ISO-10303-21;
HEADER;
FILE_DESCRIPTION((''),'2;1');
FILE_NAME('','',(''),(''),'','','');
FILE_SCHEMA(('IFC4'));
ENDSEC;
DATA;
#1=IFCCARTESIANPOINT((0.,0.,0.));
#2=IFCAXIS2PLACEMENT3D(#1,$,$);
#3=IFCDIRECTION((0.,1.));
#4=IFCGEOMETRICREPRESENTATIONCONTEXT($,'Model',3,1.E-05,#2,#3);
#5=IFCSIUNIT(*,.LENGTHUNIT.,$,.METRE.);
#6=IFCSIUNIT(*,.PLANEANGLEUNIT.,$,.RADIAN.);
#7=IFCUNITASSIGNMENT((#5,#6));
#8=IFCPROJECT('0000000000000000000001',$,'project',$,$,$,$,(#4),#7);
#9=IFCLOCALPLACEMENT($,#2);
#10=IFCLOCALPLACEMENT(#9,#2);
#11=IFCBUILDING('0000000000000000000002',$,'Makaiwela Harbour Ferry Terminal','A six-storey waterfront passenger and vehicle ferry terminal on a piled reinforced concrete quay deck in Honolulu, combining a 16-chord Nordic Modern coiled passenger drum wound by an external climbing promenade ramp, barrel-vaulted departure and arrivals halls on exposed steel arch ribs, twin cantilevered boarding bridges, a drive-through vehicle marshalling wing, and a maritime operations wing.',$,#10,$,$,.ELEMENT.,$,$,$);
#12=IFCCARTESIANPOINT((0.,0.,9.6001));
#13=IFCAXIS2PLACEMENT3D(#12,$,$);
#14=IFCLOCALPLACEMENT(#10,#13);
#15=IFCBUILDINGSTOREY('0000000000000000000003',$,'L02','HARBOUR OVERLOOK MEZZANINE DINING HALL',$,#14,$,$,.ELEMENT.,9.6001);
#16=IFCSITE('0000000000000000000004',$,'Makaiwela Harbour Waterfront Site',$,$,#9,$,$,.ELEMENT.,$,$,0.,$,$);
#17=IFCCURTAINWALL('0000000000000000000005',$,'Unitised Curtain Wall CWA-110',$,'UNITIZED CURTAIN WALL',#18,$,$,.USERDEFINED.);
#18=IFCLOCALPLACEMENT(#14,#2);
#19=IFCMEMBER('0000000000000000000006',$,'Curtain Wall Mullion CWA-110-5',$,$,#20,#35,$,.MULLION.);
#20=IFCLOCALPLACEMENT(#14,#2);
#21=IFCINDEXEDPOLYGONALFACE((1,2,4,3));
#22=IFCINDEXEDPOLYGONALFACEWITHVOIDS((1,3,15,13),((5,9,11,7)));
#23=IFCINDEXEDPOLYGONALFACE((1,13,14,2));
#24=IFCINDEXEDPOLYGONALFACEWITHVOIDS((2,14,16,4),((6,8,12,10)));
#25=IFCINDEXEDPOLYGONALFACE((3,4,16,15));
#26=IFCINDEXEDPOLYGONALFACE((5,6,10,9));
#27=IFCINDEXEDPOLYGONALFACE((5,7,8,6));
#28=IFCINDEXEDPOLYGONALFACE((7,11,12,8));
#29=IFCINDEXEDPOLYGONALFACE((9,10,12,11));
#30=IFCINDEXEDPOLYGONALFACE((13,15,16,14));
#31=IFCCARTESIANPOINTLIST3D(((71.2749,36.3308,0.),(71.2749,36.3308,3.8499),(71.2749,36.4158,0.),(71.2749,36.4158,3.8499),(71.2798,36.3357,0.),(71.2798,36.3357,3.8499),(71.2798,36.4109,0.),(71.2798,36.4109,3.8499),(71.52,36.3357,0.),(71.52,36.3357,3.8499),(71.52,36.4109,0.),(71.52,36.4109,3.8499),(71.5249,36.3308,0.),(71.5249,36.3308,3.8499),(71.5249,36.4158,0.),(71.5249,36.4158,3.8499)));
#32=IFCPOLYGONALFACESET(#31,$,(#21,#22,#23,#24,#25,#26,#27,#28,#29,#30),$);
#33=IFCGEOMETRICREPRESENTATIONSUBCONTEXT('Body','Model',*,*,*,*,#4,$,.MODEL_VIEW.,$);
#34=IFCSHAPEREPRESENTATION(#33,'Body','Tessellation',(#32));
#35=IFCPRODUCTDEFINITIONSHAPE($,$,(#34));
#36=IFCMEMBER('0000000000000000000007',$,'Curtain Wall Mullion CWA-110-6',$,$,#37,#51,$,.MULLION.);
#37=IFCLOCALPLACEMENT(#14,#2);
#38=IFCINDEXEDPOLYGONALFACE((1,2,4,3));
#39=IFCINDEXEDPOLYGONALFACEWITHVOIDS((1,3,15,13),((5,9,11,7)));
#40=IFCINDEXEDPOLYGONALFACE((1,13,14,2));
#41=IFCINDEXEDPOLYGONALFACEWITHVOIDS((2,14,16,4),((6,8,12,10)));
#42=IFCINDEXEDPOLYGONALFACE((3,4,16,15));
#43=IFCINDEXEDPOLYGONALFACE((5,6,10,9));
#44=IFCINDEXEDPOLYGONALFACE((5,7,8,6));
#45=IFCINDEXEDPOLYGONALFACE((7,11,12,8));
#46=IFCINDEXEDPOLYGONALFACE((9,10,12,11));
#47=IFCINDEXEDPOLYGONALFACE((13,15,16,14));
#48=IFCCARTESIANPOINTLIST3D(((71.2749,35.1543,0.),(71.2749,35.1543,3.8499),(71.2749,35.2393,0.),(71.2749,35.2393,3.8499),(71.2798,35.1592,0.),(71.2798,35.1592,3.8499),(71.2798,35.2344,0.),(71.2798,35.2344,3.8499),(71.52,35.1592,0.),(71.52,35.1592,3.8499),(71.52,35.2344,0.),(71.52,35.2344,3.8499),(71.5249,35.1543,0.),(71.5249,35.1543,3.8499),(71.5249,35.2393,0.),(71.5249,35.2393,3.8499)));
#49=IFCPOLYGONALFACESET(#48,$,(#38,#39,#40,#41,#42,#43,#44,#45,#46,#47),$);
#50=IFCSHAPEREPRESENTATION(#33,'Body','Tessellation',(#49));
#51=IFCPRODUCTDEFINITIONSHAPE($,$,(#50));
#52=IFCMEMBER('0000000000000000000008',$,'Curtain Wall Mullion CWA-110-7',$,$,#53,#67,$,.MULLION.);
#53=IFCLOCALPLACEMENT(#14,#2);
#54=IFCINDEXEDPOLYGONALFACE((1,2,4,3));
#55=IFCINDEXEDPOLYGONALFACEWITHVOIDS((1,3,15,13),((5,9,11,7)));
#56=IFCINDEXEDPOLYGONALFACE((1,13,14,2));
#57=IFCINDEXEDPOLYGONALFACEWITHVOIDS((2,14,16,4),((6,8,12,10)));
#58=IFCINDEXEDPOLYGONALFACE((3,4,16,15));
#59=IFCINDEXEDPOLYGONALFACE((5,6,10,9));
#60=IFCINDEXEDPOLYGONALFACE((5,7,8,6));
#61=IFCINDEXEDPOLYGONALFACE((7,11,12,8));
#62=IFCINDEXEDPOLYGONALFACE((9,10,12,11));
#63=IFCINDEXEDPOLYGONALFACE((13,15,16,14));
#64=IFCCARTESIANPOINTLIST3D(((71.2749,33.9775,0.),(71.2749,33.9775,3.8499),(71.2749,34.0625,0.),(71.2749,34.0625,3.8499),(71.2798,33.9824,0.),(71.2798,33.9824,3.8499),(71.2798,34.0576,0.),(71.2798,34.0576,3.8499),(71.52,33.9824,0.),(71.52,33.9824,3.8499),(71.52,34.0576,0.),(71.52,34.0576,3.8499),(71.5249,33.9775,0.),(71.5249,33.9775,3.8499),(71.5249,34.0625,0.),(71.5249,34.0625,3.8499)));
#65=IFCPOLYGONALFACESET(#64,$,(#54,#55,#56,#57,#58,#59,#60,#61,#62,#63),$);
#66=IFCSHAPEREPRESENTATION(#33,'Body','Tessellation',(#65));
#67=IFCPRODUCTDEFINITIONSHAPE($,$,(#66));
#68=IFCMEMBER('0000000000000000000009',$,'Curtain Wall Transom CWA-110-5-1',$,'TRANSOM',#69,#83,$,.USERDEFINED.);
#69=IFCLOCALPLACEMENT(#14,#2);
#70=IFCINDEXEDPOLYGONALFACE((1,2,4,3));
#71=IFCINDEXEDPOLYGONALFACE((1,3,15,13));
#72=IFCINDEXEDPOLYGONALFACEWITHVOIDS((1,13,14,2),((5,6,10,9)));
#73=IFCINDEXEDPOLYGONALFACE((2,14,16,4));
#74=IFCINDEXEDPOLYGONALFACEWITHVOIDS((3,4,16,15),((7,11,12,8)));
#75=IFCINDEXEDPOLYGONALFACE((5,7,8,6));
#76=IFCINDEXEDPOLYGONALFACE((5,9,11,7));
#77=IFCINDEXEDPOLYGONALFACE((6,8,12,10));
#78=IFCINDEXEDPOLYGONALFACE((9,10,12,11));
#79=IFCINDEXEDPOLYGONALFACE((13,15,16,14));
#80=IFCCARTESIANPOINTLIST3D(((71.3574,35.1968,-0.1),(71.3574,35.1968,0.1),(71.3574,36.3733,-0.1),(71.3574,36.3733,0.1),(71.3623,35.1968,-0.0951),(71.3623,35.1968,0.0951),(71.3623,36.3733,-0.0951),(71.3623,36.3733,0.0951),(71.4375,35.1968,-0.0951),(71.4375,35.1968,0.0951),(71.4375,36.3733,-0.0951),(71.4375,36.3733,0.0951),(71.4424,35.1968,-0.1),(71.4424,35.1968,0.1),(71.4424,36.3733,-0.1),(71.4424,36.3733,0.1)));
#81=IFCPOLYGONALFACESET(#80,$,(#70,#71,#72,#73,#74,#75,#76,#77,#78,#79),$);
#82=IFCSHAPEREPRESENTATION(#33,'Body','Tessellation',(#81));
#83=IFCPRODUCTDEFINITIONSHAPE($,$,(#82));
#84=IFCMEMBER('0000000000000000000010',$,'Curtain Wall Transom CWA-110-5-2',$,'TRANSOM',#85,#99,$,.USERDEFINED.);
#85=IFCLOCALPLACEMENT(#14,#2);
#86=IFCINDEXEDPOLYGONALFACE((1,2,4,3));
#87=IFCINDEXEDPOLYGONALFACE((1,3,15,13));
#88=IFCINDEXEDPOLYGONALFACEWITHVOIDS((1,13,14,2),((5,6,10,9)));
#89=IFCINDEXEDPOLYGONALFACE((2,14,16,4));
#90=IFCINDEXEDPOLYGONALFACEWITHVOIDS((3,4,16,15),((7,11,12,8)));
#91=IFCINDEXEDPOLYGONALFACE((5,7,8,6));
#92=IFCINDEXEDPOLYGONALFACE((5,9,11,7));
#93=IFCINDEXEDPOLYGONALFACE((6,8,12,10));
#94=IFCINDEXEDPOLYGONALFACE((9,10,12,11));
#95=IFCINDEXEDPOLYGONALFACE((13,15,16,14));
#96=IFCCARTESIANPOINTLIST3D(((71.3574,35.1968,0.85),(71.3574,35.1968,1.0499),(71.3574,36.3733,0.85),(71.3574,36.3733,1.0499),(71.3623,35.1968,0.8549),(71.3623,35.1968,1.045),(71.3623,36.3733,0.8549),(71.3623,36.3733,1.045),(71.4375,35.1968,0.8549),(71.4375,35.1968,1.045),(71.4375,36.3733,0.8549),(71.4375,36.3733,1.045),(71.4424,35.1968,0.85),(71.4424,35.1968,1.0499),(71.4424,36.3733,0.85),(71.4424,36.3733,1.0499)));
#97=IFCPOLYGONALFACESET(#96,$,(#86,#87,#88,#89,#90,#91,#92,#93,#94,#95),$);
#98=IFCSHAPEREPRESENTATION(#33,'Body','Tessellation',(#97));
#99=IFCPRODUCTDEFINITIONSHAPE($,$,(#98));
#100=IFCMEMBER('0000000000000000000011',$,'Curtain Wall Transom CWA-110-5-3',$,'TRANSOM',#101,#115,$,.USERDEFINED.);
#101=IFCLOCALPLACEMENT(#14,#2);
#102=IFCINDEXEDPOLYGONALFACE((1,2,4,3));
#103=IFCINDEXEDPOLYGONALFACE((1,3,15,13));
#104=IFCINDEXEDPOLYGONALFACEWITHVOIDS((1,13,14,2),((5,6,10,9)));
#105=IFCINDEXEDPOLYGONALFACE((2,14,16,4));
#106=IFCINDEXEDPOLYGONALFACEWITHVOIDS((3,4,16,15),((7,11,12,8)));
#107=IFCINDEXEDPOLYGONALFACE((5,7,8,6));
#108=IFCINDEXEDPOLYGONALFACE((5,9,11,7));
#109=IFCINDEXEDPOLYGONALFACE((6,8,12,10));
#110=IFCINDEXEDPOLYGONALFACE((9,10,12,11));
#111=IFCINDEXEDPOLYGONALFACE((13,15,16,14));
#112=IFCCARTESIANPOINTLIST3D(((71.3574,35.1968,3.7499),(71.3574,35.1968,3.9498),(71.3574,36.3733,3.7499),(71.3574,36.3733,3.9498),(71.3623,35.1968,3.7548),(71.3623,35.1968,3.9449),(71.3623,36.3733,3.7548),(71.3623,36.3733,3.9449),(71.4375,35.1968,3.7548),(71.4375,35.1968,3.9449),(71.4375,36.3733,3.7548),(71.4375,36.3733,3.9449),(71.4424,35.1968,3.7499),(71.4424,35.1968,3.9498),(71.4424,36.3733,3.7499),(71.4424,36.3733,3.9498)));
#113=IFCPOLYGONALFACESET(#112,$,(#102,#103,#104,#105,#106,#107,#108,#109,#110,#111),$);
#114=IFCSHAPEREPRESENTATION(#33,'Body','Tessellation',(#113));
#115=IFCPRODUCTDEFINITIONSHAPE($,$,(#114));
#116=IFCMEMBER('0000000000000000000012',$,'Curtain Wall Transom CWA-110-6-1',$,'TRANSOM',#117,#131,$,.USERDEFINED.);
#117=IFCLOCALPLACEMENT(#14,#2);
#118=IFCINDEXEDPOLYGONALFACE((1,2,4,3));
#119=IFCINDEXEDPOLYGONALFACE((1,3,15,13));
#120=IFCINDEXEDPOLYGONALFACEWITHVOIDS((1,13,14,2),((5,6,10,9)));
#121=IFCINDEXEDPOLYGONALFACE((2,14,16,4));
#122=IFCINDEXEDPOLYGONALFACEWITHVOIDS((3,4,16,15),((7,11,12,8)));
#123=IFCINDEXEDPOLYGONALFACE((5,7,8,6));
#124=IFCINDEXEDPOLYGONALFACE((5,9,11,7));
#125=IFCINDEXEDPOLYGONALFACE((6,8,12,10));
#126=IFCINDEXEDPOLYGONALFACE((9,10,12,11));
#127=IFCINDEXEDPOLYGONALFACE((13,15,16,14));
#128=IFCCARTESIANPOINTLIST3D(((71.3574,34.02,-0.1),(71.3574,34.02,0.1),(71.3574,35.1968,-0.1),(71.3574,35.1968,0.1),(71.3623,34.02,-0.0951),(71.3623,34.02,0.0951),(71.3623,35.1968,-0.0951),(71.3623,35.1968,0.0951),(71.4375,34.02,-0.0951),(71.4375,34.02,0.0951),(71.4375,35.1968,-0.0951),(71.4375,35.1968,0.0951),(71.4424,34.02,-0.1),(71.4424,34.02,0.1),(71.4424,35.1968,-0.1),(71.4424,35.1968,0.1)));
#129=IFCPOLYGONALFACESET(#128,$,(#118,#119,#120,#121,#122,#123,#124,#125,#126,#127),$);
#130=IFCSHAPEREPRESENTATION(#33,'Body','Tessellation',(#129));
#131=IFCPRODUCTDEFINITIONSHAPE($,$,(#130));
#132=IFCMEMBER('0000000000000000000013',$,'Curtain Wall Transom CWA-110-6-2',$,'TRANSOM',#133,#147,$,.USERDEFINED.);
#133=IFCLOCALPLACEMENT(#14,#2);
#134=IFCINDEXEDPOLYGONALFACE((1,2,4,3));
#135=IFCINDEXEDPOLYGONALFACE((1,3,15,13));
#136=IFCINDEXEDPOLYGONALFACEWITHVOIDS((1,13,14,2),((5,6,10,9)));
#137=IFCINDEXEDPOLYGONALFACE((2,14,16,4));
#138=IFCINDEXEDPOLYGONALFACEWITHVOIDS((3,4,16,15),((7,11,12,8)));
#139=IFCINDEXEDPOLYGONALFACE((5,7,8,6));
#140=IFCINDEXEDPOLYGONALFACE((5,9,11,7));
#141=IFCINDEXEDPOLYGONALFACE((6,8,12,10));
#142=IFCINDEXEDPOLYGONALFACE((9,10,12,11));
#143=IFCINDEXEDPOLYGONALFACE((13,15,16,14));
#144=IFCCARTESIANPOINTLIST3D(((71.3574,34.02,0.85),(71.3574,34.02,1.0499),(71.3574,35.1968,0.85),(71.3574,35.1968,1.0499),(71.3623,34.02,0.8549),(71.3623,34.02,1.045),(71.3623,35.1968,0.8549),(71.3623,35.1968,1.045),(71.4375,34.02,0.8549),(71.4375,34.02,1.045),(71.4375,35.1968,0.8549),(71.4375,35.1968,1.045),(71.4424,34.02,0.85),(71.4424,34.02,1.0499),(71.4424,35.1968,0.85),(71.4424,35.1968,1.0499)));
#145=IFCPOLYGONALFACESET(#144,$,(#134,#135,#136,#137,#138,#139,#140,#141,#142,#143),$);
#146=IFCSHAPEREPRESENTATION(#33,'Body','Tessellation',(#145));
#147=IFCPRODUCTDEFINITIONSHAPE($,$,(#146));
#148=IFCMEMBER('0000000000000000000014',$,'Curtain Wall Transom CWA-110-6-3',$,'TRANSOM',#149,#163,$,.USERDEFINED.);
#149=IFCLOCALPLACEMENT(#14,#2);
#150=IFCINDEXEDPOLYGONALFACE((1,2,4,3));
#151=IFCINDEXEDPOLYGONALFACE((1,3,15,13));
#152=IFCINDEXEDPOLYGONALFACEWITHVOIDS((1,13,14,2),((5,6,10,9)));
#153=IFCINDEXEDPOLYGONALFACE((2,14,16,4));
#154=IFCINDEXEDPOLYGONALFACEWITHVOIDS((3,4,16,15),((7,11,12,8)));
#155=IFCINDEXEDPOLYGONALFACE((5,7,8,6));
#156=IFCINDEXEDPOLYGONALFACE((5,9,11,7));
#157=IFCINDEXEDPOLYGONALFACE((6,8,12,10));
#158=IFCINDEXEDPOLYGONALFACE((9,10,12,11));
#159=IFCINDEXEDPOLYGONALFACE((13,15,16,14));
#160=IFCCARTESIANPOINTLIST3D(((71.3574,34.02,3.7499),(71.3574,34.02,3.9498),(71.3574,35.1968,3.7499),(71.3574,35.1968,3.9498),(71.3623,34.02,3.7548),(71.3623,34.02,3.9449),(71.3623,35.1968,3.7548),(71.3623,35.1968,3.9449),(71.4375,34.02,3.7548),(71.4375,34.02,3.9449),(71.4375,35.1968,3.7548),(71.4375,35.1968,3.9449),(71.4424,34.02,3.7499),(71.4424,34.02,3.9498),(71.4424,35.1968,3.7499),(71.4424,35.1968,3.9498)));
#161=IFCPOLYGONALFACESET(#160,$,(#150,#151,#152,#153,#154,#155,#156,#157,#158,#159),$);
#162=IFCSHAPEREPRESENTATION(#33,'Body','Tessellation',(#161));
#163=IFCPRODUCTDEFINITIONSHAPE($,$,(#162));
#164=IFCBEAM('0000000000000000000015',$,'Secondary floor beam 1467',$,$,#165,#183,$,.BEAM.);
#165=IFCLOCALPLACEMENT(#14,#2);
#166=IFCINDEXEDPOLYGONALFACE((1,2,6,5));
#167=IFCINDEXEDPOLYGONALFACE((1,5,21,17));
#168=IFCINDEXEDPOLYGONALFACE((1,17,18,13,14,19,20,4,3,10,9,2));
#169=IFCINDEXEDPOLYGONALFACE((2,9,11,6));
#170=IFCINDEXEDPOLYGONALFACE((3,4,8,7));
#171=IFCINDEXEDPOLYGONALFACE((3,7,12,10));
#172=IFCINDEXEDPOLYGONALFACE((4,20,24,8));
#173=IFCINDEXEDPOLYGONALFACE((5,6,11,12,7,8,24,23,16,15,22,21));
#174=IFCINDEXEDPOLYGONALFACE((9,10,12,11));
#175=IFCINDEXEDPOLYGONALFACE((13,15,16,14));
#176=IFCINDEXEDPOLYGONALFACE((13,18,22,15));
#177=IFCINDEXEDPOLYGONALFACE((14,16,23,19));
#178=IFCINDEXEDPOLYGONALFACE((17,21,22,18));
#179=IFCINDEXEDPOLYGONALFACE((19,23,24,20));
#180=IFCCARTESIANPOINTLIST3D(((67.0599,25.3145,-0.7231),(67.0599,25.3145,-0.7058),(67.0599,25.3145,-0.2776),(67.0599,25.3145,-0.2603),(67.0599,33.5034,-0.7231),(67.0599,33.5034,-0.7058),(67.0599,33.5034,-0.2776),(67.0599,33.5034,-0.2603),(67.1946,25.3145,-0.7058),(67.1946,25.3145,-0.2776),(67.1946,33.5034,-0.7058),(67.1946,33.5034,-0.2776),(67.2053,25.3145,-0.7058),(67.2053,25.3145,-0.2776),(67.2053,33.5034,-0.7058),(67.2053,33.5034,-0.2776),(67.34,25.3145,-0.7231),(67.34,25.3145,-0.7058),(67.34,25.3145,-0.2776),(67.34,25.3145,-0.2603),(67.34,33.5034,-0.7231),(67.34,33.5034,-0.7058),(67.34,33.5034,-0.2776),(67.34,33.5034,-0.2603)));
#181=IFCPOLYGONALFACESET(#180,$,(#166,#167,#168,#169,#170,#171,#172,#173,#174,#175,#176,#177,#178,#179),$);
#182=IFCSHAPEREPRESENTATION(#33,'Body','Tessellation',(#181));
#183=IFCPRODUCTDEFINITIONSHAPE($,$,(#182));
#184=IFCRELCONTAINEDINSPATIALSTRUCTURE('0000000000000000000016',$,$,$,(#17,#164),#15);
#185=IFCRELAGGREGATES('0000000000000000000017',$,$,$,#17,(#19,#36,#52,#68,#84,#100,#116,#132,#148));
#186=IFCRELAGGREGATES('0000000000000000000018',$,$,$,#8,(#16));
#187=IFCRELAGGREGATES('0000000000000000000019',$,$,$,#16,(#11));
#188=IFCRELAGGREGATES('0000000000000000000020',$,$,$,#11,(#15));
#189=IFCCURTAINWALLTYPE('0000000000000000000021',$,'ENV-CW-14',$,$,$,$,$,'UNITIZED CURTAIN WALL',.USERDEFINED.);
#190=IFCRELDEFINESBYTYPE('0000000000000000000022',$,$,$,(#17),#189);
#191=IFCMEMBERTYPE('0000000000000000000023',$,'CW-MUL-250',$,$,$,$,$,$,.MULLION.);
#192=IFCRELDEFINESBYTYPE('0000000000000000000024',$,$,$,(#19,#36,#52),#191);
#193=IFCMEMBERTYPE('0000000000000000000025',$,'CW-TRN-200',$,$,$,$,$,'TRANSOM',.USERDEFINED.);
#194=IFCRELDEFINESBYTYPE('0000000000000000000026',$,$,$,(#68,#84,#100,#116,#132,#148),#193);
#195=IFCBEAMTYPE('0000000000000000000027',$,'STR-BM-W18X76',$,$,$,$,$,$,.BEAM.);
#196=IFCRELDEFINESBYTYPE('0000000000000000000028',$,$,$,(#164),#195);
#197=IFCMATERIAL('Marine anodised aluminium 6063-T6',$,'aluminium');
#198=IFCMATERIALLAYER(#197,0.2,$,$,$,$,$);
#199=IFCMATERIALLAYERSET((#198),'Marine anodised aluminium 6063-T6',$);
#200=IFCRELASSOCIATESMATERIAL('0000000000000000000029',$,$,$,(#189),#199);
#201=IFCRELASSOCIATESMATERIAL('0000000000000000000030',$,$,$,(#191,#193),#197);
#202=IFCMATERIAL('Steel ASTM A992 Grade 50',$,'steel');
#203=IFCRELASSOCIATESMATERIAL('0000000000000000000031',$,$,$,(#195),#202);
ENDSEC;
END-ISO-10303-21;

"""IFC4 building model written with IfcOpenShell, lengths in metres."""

from ifc_helpers import new_model, si_unit, direction, frame, origin, origin_2d, place, context, subcontext, project, spatial, hollow_rectangle, i_section, extrude, material, layer, layer_set, material_profile, profile_set, type_object, element, aggregate, save


model = new_model("IFC4")

# Units and contexts
model_context = context("Model", 3, precision=1e-05, world=origin(), true_north=direction((0.0, 1.0)))
body_context = subcontext(model_context, "Body", "Model", "MODEL_VIEW")
ifc_project = project(units=[si_unit("LENGTHUNIT", "METRE"), si_unit("PLANEANGLEUNIT", "RADIAN")], contexts=[model_context])

# Site, building, storey
site_placement = place(None, origin())
site = spatial("IfcSite", under=ifc_project, at=site_placement, Name="Makaiwela Harbour Waterfront Site", CompositionType="ELEMENT", RefElevation=0.0)
building_placement = place(site_placement, origin())
building = spatial("IfcBuilding", under=site, at=building_placement, Name="Makaiwela Harbour Ferry Terminal", Description="A six-storey waterfront passenger and vehicle ferry terminal on a piled reinforced concrete quay deck in Honolulu, combining a 16-chord Nordic Modern coiled passenger drum wound by an external climbing promenade ramp, barrel-vaulted departure and arrivals halls on exposed steel arch ribs, twin cantilevered boarding bridges, a drive-through vehicle marshalling wing, and a maritime operations wing.", CompositionType="ELEMENT")
storey_placement = place(building_placement, frame((0.0, 0.0, 9.6001)))
storey = spatial("IfcBuildingStorey", under=building, at=storey_placement, Name="L02", Description="HARBOUR OVERLOOK MEZZANINE DINING HALL", CompositionType="ELEMENT", Elevation=9.6001)

# Curtain wall, members
ifc_material_1 = material(Name="Marine anodised aluminium 6063-T6", Category="aluminium")
ifc_layer_1 = layer(ifc_material_1, 0.2)
ifc_layer_set_1 = layer_set([ifc_layer_1], Name="Marine anodised aluminium 6063-T6")
curtain_wall_type = type_object("IfcCurtainWallType", Name="ENV-CW-14", ElementType="UNITIZED CURTAIN WALL", PredefinedType="USERDEFINED", material=ifc_layer_set_1)
curtain_wall_placement = place(storey_placement, origin())
curtain_wall = element("IfcCurtainWall", 1, at=curtain_wall_placement, inside=storey, type_object=curtain_wall_type, Name="Unitised Curtain Wall CWA-110", ObjectType="UNITIZED CURTAIN WALL", PredefinedType="USERDEFINED")
ifc_material_profile_1 = material_profile(ifc_material_1, hollow_rectangle(XDim=0.085, YDim=0.25, WallThickness=0.0049, at=origin_2d()), Name="CWM-250X85")
ifc_profile_set_1 = profile_set([ifc_material_profile_1], Name="Marine anodised aluminium 6063-T6")
member_type_1 = type_object("IfcMemberType", Name="CW-MUL-250", PredefinedType="MULLION", material=ifc_profile_set_1)
member_1_placement = place(storey_placement, frame((71.3999, 36.3733, 0.0), z_axis=(0.0, 0.0, 1.0), x_axis=(0.0, 1.0, 0.0)))
member_1 = element("IfcMember", 2, at=member_1_placement, type_object=member_type_1, Name="Curtain Wall Mullion CWA-110-5", PredefinedType="MULLION", context=body_context, shape_type="SweptSolid", body=[
    extrude(hollow_rectangle(XDim=0.085, YDim=0.25, WallThickness=0.0049, at=origin_2d()), origin(), (0.0, 0.0, 1.0), 3.8499),
])
member_2_placement = place(storey_placement, frame((71.3999, 35.1968, 0.0), z_axis=(0.0, 0.0, 1.0), x_axis=(0.0, 1.0, 0.0)))
member_2 = element("IfcMember", 3, at=member_2_placement, type_object=member_type_1, Name="Curtain Wall Mullion CWA-110-6", PredefinedType="MULLION", context=body_context, shape_type="SweptSolid", body=[
    extrude(hollow_rectangle(XDim=0.085, YDim=0.25, WallThickness=0.0049, at=origin_2d()), origin(), (0.0, 0.0, 1.0), 3.8499),
])
member_3_placement = place(storey_placement, frame((71.3999, 34.02, 0.0), z_axis=(0.0, 0.0, 1.0), x_axis=(0.0, 1.0, 0.0)))
member_3 = element("IfcMember", 4, at=member_3_placement, type_object=member_type_1, Name="Curtain Wall Mullion CWA-110-7", PredefinedType="MULLION", context=body_context, shape_type="SweptSolid", body=[
    extrude(hollow_rectangle(XDim=0.085, YDim=0.25, WallThickness=0.0049, at=origin_2d()), origin(), (0.0, 0.0, 1.0), 3.8499),
])
ifc_material_profile_2 = material_profile(ifc_material_1, hollow_rectangle(XDim=0.085, YDim=0.2, WallThickness=0.0049, at=origin_2d()), Name="CWT-200X85")
ifc_profile_set_2 = profile_set([ifc_material_profile_2], Name="Marine anodised aluminium 6063-T6")
member_type_2 = type_object("IfcMemberType", Name="CW-TRN-200", ElementType="TRANSOM", PredefinedType="USERDEFINED", material=ifc_profile_set_2)
member_4_placement = place(storey_placement, frame((71.3999, 36.3733, 0.0), z_axis=(0.0, -1.0, 0.0), x_axis=(1.0, 0.0, 0.0)))
member_4 = element("IfcMember", 5, at=member_4_placement, type_object=member_type_2, Name="Curtain Wall Transom CWA-110-5-1", ObjectType="TRANSOM", PredefinedType="USERDEFINED", context=body_context, shape_type="SweptSolid", body=[
    extrude(hollow_rectangle(XDim=0.085, YDim=0.2, WallThickness=0.0049, at=origin_2d()), origin(), (0.0, 0.0, 1.0), 1.1765),
])
member_5_placement = place(storey_placement, frame((71.3999, 36.3733, 0.95), z_axis=(0.0, -1.0, 0.0), x_axis=(1.0, 0.0, 0.0)))
member_5 = element("IfcMember", 6, at=member_5_placement, type_object=member_type_2, Name="Curtain Wall Transom CWA-110-5-2", ObjectType="TRANSOM", PredefinedType="USERDEFINED", context=body_context, shape_type="SweptSolid", body=[
    extrude(hollow_rectangle(XDim=0.085, YDim=0.2, WallThickness=0.0049, at=origin_2d()), origin(), (0.0, 0.0, 1.0), 1.1765),
])
member_6_placement = place(storey_placement, frame((71.3999, 36.3733, 3.8499), z_axis=(0.0, -1.0, 0.0), x_axis=(1.0, 0.0, 0.0)))
member_6 = element("IfcMember", 7, at=member_6_placement, type_object=member_type_2, Name="Curtain Wall Transom CWA-110-5-3", ObjectType="TRANSOM", PredefinedType="USERDEFINED", context=body_context, shape_type="SweptSolid", body=[
    extrude(hollow_rectangle(XDim=0.085, YDim=0.2, WallThickness=0.0049, at=origin_2d()), origin(), (0.0, 0.0, 1.0), 1.1765),
])
member_7_placement = place(storey_placement, frame((71.3999, 35.1968, 0.0), z_axis=(0.0, -1.0, 0.0), x_axis=(1.0, 0.0, 0.0)))
member_7 = element("IfcMember", 8, at=member_7_placement, type_object=member_type_2, Name="Curtain Wall Transom CWA-110-6-1", ObjectType="TRANSOM", PredefinedType="USERDEFINED", context=body_context, shape_type="SweptSolid", body=[
    extrude(hollow_rectangle(XDim=0.085, YDim=0.2, WallThickness=0.0049, at=origin_2d()), origin(), (0.0, 0.0, 1.0), 1.1768),
])
member_8_placement = place(storey_placement, frame((71.3999, 35.1968, 0.95), z_axis=(0.0, -1.0, 0.0), x_axis=(1.0, 0.0, 0.0)))
member_8 = element("IfcMember", 9, at=member_8_placement, type_object=member_type_2, Name="Curtain Wall Transom CWA-110-6-2", ObjectType="TRANSOM", PredefinedType="USERDEFINED", context=body_context, shape_type="SweptSolid", body=[
    extrude(hollow_rectangle(XDim=0.085, YDim=0.2, WallThickness=0.0049, at=origin_2d()), origin(), (0.0, 0.0, 1.0), 1.1768),
])
member_9_placement = place(storey_placement, frame((71.3999, 35.1968, 3.8499), z_axis=(0.0, -1.0, 0.0), x_axis=(1.0, 0.0, 0.0)))
member_9 = element("IfcMember", 10, at=member_9_placement, type_object=member_type_2, Name="Curtain Wall Transom CWA-110-6-3", ObjectType="TRANSOM", PredefinedType="USERDEFINED", context=body_context, shape_type="SweptSolid", body=[
    extrude(hollow_rectangle(XDim=0.085, YDim=0.2, WallThickness=0.0049, at=origin_2d()), origin(), (0.0, 0.0, 1.0), 1.1768),
])

# Beam
ifc_material_2 = material(Name="Steel ASTM A992 Grade 50", Category="steel")
ifc_material_profile_3 = material_profile(ifc_material_2, i_section(OverallWidth=0.28, OverallDepth=0.4629, WebThickness=0.0107, FlangeThickness=0.0173, at=origin_2d()), Name="W18X76")
ifc_profile_set_3 = profile_set([ifc_material_profile_3], Name="Steel ASTM A992 Grade 50")
beam_type_1 = type_object("IfcBeamType", Name="STR-BM-W18X76", PredefinedType="BEAM", material=ifc_profile_set_3)
beam_1_placement = place(storey_placement, frame((67.2, 25.3145, -0.4917), z_axis=(0.0, 1.0, 0.0), x_axis=(-1.0, 0.0, 0.0)))
element("IfcBeam", 11, at=beam_1_placement, inside=storey, type_object=beam_type_1, Name="Secondary floor beam 1467", PredefinedType="BEAM", context=body_context, shape_type="SweptSolid", body=[
    extrude(i_section(OverallWidth=0.28, OverallDepth=0.4629, WebThickness=0.0107, FlangeThickness=0.0173, at=origin_2d()), origin(), (0.0, 0.0, 1.0), 8.189),
])

aggregate(curtain_wall, [member_1, member_2, member_3, member_4, member_5, member_6, member_7, member_8, member_9])

save(model, "model.ifc")
